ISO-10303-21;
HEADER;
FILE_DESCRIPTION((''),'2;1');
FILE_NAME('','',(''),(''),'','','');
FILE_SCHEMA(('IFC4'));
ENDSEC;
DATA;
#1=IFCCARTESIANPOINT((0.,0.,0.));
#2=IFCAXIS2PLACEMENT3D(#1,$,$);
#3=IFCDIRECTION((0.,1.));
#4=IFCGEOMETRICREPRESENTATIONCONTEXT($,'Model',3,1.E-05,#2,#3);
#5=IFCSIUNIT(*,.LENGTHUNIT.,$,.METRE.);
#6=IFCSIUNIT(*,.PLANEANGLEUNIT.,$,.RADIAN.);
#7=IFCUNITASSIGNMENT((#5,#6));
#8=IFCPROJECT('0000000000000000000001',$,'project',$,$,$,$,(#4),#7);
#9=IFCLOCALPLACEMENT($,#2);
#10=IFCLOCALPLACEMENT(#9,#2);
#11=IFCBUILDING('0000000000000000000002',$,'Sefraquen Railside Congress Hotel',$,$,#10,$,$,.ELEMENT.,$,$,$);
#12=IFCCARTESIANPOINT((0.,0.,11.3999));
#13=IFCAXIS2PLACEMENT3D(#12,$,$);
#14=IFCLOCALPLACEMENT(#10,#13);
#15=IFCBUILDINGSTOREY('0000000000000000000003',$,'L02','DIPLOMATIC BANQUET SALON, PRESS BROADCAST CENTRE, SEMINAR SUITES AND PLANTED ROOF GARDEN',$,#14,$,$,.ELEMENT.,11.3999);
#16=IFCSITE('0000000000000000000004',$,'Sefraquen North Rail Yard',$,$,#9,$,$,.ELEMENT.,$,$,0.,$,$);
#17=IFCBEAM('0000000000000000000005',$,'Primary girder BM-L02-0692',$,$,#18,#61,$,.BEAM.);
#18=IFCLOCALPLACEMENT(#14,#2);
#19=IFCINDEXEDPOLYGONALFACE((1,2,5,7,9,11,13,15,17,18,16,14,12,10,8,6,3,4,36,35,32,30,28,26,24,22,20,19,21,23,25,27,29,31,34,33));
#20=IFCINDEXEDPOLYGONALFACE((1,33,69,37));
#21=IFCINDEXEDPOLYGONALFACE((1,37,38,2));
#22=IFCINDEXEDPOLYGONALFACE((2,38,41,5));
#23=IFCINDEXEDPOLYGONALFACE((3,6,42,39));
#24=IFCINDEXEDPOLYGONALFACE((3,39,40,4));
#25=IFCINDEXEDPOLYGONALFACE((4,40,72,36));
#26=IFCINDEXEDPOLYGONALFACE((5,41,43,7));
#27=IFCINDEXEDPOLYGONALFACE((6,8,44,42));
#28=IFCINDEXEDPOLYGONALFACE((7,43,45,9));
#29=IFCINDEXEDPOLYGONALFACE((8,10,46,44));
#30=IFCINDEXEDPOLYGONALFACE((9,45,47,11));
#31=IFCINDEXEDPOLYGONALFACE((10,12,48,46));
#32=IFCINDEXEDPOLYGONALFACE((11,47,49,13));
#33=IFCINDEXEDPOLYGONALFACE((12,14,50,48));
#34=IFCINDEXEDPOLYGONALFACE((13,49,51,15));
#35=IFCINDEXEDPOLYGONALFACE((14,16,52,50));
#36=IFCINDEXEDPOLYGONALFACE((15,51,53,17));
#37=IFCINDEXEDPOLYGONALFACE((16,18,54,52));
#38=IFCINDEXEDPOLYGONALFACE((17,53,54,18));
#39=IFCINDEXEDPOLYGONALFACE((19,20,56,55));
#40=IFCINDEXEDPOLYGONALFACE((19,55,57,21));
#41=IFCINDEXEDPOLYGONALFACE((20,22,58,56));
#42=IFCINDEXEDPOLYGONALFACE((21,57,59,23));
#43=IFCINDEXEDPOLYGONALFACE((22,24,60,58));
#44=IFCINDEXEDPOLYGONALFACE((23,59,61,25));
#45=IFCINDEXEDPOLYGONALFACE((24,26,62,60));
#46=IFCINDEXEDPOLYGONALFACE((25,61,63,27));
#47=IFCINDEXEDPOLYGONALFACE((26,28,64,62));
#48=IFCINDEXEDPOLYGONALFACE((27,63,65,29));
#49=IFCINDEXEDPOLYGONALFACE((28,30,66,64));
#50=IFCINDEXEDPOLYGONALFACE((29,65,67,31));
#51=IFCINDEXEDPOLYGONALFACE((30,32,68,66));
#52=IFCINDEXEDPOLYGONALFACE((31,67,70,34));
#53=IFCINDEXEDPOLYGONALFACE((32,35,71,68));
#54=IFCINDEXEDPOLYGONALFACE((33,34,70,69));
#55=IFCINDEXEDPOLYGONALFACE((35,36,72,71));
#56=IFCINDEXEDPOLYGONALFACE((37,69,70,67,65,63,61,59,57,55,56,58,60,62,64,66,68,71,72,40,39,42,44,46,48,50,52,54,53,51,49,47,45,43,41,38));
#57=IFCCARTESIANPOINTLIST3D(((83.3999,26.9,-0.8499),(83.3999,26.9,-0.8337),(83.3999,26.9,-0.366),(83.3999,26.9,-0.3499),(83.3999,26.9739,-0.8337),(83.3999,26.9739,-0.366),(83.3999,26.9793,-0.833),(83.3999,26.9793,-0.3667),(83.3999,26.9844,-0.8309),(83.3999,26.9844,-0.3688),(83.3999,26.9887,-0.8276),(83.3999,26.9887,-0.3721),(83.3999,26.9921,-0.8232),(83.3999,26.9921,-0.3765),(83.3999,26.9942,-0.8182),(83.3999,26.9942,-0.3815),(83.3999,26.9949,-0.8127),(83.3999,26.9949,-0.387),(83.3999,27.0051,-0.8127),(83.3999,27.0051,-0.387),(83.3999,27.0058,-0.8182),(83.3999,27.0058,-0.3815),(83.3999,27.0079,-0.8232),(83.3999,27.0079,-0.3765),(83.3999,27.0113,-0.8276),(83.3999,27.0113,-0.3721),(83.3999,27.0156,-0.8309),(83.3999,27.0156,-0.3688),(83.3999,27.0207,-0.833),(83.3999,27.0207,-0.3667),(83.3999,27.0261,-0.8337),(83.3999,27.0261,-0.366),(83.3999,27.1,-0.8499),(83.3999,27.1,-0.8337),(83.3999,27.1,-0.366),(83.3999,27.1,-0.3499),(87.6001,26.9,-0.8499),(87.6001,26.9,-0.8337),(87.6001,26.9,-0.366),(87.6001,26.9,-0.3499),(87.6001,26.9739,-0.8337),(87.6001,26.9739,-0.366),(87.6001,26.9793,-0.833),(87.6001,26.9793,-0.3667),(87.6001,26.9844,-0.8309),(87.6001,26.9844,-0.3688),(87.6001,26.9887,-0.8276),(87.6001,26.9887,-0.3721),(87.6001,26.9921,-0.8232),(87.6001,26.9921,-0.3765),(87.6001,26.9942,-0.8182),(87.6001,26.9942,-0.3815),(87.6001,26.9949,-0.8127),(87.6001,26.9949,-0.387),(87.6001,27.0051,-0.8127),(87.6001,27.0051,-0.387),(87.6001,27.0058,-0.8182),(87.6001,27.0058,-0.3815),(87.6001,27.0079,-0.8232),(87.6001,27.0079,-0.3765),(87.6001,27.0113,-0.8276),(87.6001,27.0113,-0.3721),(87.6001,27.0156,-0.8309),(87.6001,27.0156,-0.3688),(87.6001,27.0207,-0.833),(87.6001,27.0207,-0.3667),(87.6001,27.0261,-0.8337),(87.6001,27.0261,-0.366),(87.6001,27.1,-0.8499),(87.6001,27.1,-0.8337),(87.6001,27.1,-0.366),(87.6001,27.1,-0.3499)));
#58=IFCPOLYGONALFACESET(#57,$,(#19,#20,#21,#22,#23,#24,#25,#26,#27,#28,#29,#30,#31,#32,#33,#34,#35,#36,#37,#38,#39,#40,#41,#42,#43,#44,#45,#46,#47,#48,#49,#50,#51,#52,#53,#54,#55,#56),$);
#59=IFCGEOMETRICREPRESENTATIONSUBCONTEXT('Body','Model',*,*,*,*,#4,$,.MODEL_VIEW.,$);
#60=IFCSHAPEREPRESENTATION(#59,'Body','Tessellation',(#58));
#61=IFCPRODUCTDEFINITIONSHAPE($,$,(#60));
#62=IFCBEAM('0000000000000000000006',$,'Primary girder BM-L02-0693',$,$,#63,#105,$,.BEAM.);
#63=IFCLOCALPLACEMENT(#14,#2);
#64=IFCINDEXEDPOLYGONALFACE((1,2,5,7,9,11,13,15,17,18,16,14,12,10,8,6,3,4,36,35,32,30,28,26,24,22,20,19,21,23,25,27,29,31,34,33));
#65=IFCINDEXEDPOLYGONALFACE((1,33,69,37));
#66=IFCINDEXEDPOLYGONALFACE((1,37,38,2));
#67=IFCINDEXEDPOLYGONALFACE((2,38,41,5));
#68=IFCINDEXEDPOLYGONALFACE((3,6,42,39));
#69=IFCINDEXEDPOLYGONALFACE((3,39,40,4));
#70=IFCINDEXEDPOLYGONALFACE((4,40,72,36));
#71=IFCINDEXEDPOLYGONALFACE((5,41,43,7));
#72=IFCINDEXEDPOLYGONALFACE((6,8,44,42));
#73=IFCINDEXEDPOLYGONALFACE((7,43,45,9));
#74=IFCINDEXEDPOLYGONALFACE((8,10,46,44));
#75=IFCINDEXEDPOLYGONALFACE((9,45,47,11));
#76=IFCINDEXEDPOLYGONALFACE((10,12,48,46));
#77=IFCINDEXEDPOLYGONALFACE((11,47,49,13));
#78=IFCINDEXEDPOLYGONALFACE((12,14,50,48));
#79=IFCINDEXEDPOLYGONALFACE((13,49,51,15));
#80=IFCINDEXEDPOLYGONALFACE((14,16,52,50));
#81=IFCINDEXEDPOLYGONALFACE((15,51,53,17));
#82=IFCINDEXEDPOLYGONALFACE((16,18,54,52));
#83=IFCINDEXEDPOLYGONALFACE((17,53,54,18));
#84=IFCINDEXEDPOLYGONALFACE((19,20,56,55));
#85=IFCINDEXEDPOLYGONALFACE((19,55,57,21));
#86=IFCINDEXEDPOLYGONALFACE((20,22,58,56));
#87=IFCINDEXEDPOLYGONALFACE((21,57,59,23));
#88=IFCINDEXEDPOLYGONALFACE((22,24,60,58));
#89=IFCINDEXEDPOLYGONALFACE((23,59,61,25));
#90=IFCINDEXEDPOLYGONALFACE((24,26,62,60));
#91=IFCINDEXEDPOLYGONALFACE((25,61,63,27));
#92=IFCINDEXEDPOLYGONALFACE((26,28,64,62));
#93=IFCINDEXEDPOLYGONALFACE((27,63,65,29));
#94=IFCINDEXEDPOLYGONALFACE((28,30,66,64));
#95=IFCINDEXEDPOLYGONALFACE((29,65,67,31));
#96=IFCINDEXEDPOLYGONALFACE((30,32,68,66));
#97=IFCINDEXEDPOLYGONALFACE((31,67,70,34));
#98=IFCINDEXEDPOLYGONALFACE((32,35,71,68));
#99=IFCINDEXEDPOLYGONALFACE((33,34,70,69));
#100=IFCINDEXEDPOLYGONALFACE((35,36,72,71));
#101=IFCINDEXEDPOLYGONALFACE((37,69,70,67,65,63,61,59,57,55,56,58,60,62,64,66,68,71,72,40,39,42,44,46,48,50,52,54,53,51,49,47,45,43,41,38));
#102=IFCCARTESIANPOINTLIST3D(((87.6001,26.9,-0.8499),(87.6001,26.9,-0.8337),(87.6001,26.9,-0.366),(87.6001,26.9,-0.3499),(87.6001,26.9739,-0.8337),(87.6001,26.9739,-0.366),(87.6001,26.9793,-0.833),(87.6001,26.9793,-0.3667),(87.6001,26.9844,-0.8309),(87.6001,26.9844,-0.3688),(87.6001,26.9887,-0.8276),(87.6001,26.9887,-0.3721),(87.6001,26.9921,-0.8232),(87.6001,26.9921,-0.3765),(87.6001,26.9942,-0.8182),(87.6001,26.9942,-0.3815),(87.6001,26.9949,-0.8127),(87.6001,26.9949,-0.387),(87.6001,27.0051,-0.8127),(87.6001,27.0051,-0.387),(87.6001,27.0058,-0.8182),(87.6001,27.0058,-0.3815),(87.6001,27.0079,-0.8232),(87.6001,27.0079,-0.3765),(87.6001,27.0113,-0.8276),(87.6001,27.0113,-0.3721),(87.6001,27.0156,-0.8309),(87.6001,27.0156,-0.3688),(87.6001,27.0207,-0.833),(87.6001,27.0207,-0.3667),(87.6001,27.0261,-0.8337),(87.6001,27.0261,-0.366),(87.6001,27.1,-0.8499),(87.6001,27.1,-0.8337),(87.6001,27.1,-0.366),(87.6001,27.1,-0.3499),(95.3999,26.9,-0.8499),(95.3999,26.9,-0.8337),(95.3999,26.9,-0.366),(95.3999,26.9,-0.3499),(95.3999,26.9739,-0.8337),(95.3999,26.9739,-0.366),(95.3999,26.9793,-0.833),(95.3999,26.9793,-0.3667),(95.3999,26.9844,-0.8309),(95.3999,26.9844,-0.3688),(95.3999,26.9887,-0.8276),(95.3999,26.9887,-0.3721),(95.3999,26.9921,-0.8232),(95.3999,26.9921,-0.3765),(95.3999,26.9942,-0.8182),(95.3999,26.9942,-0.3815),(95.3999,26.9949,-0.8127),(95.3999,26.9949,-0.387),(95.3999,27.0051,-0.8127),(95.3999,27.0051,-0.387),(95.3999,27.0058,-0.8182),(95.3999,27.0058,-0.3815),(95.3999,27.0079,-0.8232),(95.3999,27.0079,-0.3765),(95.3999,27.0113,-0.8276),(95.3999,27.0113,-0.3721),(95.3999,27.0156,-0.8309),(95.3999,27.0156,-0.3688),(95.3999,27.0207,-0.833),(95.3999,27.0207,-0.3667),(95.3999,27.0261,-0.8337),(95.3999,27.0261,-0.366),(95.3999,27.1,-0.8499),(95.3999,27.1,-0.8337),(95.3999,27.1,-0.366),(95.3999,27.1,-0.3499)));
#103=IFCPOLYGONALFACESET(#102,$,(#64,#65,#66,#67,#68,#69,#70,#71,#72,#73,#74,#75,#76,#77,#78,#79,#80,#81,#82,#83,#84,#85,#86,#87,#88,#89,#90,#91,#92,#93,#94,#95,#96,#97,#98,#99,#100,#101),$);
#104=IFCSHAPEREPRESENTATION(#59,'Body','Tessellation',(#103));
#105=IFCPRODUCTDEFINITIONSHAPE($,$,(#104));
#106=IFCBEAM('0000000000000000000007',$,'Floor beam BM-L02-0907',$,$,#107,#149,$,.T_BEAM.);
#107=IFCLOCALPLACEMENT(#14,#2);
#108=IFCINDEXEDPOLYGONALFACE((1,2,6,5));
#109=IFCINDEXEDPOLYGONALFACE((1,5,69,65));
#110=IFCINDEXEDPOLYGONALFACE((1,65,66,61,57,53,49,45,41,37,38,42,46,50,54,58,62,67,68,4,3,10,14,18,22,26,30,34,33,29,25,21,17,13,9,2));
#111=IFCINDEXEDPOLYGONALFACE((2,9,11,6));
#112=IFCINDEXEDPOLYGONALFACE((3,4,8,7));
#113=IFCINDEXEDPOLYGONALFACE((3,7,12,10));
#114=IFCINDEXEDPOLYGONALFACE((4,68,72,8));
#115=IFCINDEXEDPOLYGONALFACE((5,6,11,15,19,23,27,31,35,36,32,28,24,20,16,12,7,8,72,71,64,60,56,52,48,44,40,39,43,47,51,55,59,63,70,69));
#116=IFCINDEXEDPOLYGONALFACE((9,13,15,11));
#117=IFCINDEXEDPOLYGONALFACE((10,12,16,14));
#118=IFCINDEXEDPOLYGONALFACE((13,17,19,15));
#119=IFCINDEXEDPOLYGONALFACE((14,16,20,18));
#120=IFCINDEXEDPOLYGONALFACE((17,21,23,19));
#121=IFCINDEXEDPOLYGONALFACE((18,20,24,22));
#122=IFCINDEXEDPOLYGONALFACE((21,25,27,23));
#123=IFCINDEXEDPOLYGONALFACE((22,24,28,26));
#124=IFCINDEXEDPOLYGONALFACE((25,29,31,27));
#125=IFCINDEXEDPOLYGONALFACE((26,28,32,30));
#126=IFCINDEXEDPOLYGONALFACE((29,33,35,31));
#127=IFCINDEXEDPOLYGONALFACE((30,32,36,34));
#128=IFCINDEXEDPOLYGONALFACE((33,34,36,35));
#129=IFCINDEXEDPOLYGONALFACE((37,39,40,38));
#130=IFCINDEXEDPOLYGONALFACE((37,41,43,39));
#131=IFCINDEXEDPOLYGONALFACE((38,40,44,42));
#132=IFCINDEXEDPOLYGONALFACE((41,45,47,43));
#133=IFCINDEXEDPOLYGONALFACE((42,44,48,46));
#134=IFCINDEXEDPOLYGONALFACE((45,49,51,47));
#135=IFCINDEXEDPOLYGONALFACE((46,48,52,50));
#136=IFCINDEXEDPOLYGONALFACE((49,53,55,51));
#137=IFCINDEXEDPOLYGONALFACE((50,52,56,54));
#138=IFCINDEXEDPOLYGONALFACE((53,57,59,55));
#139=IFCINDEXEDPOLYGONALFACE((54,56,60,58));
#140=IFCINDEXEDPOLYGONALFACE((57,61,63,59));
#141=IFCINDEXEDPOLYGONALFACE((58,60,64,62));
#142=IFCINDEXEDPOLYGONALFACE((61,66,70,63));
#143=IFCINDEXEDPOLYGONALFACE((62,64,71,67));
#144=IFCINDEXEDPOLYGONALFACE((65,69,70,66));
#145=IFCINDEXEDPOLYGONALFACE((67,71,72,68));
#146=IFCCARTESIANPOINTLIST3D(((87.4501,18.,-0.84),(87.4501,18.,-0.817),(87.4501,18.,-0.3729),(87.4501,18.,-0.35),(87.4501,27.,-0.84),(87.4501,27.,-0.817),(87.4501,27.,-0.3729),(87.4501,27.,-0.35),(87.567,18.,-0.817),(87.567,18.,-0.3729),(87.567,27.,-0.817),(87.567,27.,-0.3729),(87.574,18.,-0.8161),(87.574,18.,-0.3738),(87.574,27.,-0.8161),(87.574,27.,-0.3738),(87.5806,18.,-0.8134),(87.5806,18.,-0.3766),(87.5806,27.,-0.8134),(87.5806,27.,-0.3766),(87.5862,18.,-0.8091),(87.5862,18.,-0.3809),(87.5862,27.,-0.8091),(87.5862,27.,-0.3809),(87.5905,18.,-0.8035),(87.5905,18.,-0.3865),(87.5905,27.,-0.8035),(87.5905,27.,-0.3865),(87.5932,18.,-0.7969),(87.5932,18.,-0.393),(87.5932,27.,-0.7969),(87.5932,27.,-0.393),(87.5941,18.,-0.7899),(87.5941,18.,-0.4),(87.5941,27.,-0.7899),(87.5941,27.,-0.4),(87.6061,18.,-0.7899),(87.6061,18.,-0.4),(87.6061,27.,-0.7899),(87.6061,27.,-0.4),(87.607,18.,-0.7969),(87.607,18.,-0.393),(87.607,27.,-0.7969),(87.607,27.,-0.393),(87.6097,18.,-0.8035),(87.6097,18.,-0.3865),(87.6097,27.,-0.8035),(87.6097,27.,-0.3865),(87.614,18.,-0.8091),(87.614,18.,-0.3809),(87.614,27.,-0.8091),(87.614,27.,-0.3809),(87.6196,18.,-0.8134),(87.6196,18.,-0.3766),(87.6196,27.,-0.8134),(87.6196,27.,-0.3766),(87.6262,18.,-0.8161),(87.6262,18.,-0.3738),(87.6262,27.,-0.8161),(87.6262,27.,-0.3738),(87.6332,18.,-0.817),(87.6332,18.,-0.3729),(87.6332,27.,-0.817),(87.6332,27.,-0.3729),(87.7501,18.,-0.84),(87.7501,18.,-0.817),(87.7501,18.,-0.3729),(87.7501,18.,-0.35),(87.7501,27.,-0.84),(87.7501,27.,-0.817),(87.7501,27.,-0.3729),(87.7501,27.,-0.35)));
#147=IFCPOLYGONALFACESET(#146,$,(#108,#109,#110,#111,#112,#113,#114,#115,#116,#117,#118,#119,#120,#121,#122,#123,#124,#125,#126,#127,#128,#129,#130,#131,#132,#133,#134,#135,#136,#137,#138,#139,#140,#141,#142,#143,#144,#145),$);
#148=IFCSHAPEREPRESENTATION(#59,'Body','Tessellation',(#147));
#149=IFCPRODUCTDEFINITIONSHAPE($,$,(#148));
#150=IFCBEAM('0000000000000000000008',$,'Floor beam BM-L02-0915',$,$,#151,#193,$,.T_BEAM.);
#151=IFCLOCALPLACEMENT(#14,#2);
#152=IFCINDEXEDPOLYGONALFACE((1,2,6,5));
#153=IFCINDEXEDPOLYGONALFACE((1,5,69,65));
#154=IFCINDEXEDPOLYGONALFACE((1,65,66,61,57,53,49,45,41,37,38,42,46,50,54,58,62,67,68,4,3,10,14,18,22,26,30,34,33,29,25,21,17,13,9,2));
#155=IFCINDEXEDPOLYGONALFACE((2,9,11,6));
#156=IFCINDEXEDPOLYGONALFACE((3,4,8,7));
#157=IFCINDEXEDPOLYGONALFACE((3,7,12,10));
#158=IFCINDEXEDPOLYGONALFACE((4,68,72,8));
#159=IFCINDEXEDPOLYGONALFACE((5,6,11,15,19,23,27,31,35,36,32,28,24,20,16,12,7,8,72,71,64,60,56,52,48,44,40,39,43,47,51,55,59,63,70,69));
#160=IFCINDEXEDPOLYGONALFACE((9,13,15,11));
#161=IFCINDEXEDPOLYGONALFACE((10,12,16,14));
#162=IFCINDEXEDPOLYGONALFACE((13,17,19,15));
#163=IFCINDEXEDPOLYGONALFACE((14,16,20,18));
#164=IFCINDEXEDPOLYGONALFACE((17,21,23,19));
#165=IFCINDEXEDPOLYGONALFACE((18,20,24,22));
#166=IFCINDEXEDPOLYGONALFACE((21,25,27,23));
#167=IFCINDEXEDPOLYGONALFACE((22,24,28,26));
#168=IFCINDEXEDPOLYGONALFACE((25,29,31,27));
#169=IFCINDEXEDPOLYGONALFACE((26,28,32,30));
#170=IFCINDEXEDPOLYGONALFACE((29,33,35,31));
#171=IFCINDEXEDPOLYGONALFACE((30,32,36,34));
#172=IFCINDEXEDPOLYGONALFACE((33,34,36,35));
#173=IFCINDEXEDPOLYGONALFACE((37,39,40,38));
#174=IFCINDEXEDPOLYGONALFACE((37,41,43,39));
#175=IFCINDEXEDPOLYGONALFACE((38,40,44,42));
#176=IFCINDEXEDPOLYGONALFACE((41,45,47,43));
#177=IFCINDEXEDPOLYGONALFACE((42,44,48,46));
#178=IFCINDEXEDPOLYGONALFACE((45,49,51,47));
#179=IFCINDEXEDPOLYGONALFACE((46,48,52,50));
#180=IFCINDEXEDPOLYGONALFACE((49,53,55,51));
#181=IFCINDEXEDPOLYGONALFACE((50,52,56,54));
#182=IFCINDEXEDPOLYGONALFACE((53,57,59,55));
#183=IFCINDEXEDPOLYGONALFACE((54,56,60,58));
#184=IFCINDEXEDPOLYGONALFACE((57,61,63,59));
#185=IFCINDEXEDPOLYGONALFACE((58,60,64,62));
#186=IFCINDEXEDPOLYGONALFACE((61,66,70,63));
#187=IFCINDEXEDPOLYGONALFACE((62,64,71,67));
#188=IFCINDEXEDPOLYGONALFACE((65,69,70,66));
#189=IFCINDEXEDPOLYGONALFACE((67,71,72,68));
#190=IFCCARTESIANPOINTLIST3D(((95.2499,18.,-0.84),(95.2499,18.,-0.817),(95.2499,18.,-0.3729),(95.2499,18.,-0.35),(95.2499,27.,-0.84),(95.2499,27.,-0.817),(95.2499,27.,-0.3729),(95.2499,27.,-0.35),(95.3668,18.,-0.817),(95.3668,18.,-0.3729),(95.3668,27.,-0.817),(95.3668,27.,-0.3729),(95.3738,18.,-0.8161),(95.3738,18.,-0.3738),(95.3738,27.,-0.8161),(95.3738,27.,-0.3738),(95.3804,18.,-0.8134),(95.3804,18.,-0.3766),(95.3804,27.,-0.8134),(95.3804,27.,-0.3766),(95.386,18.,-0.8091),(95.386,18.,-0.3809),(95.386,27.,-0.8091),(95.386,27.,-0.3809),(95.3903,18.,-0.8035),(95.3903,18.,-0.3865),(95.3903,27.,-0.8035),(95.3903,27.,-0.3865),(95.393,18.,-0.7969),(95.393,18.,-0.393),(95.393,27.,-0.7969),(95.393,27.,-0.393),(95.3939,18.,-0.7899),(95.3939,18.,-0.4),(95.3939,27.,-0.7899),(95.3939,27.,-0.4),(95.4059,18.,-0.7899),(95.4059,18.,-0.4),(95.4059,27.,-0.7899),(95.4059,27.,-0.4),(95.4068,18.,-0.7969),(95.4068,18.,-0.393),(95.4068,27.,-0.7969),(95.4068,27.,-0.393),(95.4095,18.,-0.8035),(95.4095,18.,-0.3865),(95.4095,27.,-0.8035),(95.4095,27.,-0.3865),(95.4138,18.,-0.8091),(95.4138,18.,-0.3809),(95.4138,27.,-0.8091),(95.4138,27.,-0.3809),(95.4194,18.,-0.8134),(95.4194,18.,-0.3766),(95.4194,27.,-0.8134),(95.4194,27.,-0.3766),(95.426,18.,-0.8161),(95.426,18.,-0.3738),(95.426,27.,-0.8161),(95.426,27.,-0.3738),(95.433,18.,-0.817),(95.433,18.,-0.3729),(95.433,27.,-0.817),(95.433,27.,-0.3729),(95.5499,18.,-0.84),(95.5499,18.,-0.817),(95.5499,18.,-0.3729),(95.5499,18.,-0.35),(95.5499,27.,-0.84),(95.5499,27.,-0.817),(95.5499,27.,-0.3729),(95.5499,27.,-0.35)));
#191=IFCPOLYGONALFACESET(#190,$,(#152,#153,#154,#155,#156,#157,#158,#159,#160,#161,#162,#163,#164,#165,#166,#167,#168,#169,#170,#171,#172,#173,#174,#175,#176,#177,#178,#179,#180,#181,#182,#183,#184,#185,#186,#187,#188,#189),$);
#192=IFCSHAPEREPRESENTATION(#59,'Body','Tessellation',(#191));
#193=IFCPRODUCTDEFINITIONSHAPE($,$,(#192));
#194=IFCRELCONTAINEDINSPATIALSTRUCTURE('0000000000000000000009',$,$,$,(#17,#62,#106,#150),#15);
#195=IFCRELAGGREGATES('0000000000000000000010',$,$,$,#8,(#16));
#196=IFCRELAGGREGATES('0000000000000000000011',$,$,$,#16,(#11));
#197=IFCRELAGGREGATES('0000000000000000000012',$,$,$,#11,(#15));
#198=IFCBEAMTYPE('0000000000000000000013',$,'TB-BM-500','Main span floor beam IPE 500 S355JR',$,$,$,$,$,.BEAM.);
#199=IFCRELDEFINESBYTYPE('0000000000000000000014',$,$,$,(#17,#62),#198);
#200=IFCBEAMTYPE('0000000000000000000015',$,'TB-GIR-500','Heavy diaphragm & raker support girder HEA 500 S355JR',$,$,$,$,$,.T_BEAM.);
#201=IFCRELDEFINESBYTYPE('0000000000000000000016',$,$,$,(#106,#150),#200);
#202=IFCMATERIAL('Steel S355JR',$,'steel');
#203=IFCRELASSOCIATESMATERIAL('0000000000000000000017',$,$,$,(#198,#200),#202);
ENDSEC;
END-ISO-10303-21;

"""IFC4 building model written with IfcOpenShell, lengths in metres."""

from ifc_helpers import new_model, si_unit, direction, frame, origin, origin_2d, place, context, subcontext, project, spatial, i_section, extrude, material, material_profile, profile_set, type_object, element, save


model = new_model("IFC4")

# Units and contexts
model_context = context("Model", 3, precision=1e-05, world=origin(), true_north=direction((0.0, 1.0)))
body_context = subcontext(model_context, "Body", "Model", "MODEL_VIEW")
ifc_project = project(units=[si_unit("LENGTHUNIT", "METRE"), si_unit("PLANEANGLEUNIT", "RADIAN")], contexts=[model_context])

# Site, building, storey
site_placement = place(None, origin())
site = spatial("IfcSite", under=ifc_project, at=site_placement, Name="Sefraquen North Rail Yard", CompositionType="ELEMENT", RefElevation=0.0)
building_placement = place(site_placement, origin())
building = spatial("IfcBuilding", under=site, at=building_placement, Name="Sefraquen Railside Congress Hotel", CompositionType="ELEMENT")
storey_placement = place(building_placement, frame((0.0, 0.0, 11.3999)))
storey = spatial("IfcBuildingStorey", under=building, at=storey_placement, Name="L02", Description="DIPLOMATIC BANQUET SALON, PRESS BROADCAST CENTRE, SEMINAR SUITES AND PLANTED ROOF GARDEN", CompositionType="ELEMENT", Elevation=11.3999)

# Shared definitions
ifc_material_1 = material(Name="Steel S355JR", Category="steel")

# Beams
ifc_material_profile_1 = material_profile(ifc_material_1, i_section(OverallWidth=0.2, OverallDepth=0.5, WebThickness=0.0103, FlangeThickness=0.0161, FilletRadius=0.021, at=origin_2d()), Name="IPE 500")
ifc_profile_set_1 = profile_set([ifc_material_profile_1], Name="Steel S355JR")
beam_type_1 = type_object("IfcBeamType", Name="TB-BM-500", Description="Main span floor beam IPE 500 S355JR", PredefinedType="BEAM", material=ifc_profile_set_1)
beam_1_placement = place(storey_placement, frame((83.3999, 27.0, -0.5999), z_axis=(1.0, 0.0, 0.0), x_axis=(0.0, 1.0, 0.0)))
element("IfcBeam", 1, at=beam_1_placement, inside=storey, type_object=beam_type_1, Name="Primary girder BM-L02-0692", PredefinedType="BEAM", context=body_context, shape_type="SweptSolid", body=[
    extrude(i_section(OverallWidth=0.2, OverallDepth=0.5, WebThickness=0.0103, FlangeThickness=0.0161, FilletRadius=0.021, at=origin_2d()), origin(), (0.0, 0.0, 1.0), 4.2002),
])
beam_2_placement = place(storey_placement, frame((87.6001, 27.0, -0.5999), z_axis=(1.0, 0.0, 0.0), x_axis=(0.0, 1.0, 0.0)))
element("IfcBeam", 2, at=beam_2_placement, inside=storey, type_object=beam_type_1, Name="Primary girder BM-L02-0693", PredefinedType="BEAM", context=body_context, shape_type="SweptSolid", body=[
    extrude(i_section(OverallWidth=0.2, OverallDepth=0.5, WebThickness=0.0103, FlangeThickness=0.0161, FilletRadius=0.021, at=origin_2d()), origin(), (0.0, 0.0, 1.0), 7.7998),
])
ifc_material_profile_2 = material_profile(ifc_material_1, i_section(OverallWidth=0.3, OverallDepth=0.49, WebThickness=0.012, FlangeThickness=0.0229, FilletRadius=0.0271, at=origin_2d()), Name="HEA 500")
ifc_profile_set_2 = profile_set([ifc_material_profile_2], Name="Steel S355JR")
beam_type_2 = type_object("IfcBeamType", Name="TB-GIR-500", Description="Heavy diaphragm & raker support girder HEA 500 S355JR", PredefinedType="T_BEAM", material=ifc_profile_set_2)
for number, where, z_axis, x_axis, name in (
    (3, (87.6001, 18.0, -0.595), (0.0, 1.0, 0.0), (-1.0, 0.0, 0.0), "Floor beam BM-L02-0907"),
    (4, (95.3999, 18.0, -0.595), (0.0, 1.0, 0.0), (-1.0, 0.0, 0.0), "Floor beam BM-L02-0915"),
):
    element("IfcBeam", number, at=place(storey_placement, frame(where, z_axis=z_axis, x_axis=x_axis)), inside=storey, type_object=beam_type_2, Name=name, PredefinedType="T_BEAM", context=body_context, shape_type="SweptSolid", body=[
        extrude(i_section(OverallWidth=0.3, OverallDepth=0.49, WebThickness=0.012, FlangeThickness=0.0229, FilletRadius=0.0271, at=origin_2d()), origin(), (0.0, 0.0, 1.0), 9.0),
    ])

save(model, "model.ifc")
